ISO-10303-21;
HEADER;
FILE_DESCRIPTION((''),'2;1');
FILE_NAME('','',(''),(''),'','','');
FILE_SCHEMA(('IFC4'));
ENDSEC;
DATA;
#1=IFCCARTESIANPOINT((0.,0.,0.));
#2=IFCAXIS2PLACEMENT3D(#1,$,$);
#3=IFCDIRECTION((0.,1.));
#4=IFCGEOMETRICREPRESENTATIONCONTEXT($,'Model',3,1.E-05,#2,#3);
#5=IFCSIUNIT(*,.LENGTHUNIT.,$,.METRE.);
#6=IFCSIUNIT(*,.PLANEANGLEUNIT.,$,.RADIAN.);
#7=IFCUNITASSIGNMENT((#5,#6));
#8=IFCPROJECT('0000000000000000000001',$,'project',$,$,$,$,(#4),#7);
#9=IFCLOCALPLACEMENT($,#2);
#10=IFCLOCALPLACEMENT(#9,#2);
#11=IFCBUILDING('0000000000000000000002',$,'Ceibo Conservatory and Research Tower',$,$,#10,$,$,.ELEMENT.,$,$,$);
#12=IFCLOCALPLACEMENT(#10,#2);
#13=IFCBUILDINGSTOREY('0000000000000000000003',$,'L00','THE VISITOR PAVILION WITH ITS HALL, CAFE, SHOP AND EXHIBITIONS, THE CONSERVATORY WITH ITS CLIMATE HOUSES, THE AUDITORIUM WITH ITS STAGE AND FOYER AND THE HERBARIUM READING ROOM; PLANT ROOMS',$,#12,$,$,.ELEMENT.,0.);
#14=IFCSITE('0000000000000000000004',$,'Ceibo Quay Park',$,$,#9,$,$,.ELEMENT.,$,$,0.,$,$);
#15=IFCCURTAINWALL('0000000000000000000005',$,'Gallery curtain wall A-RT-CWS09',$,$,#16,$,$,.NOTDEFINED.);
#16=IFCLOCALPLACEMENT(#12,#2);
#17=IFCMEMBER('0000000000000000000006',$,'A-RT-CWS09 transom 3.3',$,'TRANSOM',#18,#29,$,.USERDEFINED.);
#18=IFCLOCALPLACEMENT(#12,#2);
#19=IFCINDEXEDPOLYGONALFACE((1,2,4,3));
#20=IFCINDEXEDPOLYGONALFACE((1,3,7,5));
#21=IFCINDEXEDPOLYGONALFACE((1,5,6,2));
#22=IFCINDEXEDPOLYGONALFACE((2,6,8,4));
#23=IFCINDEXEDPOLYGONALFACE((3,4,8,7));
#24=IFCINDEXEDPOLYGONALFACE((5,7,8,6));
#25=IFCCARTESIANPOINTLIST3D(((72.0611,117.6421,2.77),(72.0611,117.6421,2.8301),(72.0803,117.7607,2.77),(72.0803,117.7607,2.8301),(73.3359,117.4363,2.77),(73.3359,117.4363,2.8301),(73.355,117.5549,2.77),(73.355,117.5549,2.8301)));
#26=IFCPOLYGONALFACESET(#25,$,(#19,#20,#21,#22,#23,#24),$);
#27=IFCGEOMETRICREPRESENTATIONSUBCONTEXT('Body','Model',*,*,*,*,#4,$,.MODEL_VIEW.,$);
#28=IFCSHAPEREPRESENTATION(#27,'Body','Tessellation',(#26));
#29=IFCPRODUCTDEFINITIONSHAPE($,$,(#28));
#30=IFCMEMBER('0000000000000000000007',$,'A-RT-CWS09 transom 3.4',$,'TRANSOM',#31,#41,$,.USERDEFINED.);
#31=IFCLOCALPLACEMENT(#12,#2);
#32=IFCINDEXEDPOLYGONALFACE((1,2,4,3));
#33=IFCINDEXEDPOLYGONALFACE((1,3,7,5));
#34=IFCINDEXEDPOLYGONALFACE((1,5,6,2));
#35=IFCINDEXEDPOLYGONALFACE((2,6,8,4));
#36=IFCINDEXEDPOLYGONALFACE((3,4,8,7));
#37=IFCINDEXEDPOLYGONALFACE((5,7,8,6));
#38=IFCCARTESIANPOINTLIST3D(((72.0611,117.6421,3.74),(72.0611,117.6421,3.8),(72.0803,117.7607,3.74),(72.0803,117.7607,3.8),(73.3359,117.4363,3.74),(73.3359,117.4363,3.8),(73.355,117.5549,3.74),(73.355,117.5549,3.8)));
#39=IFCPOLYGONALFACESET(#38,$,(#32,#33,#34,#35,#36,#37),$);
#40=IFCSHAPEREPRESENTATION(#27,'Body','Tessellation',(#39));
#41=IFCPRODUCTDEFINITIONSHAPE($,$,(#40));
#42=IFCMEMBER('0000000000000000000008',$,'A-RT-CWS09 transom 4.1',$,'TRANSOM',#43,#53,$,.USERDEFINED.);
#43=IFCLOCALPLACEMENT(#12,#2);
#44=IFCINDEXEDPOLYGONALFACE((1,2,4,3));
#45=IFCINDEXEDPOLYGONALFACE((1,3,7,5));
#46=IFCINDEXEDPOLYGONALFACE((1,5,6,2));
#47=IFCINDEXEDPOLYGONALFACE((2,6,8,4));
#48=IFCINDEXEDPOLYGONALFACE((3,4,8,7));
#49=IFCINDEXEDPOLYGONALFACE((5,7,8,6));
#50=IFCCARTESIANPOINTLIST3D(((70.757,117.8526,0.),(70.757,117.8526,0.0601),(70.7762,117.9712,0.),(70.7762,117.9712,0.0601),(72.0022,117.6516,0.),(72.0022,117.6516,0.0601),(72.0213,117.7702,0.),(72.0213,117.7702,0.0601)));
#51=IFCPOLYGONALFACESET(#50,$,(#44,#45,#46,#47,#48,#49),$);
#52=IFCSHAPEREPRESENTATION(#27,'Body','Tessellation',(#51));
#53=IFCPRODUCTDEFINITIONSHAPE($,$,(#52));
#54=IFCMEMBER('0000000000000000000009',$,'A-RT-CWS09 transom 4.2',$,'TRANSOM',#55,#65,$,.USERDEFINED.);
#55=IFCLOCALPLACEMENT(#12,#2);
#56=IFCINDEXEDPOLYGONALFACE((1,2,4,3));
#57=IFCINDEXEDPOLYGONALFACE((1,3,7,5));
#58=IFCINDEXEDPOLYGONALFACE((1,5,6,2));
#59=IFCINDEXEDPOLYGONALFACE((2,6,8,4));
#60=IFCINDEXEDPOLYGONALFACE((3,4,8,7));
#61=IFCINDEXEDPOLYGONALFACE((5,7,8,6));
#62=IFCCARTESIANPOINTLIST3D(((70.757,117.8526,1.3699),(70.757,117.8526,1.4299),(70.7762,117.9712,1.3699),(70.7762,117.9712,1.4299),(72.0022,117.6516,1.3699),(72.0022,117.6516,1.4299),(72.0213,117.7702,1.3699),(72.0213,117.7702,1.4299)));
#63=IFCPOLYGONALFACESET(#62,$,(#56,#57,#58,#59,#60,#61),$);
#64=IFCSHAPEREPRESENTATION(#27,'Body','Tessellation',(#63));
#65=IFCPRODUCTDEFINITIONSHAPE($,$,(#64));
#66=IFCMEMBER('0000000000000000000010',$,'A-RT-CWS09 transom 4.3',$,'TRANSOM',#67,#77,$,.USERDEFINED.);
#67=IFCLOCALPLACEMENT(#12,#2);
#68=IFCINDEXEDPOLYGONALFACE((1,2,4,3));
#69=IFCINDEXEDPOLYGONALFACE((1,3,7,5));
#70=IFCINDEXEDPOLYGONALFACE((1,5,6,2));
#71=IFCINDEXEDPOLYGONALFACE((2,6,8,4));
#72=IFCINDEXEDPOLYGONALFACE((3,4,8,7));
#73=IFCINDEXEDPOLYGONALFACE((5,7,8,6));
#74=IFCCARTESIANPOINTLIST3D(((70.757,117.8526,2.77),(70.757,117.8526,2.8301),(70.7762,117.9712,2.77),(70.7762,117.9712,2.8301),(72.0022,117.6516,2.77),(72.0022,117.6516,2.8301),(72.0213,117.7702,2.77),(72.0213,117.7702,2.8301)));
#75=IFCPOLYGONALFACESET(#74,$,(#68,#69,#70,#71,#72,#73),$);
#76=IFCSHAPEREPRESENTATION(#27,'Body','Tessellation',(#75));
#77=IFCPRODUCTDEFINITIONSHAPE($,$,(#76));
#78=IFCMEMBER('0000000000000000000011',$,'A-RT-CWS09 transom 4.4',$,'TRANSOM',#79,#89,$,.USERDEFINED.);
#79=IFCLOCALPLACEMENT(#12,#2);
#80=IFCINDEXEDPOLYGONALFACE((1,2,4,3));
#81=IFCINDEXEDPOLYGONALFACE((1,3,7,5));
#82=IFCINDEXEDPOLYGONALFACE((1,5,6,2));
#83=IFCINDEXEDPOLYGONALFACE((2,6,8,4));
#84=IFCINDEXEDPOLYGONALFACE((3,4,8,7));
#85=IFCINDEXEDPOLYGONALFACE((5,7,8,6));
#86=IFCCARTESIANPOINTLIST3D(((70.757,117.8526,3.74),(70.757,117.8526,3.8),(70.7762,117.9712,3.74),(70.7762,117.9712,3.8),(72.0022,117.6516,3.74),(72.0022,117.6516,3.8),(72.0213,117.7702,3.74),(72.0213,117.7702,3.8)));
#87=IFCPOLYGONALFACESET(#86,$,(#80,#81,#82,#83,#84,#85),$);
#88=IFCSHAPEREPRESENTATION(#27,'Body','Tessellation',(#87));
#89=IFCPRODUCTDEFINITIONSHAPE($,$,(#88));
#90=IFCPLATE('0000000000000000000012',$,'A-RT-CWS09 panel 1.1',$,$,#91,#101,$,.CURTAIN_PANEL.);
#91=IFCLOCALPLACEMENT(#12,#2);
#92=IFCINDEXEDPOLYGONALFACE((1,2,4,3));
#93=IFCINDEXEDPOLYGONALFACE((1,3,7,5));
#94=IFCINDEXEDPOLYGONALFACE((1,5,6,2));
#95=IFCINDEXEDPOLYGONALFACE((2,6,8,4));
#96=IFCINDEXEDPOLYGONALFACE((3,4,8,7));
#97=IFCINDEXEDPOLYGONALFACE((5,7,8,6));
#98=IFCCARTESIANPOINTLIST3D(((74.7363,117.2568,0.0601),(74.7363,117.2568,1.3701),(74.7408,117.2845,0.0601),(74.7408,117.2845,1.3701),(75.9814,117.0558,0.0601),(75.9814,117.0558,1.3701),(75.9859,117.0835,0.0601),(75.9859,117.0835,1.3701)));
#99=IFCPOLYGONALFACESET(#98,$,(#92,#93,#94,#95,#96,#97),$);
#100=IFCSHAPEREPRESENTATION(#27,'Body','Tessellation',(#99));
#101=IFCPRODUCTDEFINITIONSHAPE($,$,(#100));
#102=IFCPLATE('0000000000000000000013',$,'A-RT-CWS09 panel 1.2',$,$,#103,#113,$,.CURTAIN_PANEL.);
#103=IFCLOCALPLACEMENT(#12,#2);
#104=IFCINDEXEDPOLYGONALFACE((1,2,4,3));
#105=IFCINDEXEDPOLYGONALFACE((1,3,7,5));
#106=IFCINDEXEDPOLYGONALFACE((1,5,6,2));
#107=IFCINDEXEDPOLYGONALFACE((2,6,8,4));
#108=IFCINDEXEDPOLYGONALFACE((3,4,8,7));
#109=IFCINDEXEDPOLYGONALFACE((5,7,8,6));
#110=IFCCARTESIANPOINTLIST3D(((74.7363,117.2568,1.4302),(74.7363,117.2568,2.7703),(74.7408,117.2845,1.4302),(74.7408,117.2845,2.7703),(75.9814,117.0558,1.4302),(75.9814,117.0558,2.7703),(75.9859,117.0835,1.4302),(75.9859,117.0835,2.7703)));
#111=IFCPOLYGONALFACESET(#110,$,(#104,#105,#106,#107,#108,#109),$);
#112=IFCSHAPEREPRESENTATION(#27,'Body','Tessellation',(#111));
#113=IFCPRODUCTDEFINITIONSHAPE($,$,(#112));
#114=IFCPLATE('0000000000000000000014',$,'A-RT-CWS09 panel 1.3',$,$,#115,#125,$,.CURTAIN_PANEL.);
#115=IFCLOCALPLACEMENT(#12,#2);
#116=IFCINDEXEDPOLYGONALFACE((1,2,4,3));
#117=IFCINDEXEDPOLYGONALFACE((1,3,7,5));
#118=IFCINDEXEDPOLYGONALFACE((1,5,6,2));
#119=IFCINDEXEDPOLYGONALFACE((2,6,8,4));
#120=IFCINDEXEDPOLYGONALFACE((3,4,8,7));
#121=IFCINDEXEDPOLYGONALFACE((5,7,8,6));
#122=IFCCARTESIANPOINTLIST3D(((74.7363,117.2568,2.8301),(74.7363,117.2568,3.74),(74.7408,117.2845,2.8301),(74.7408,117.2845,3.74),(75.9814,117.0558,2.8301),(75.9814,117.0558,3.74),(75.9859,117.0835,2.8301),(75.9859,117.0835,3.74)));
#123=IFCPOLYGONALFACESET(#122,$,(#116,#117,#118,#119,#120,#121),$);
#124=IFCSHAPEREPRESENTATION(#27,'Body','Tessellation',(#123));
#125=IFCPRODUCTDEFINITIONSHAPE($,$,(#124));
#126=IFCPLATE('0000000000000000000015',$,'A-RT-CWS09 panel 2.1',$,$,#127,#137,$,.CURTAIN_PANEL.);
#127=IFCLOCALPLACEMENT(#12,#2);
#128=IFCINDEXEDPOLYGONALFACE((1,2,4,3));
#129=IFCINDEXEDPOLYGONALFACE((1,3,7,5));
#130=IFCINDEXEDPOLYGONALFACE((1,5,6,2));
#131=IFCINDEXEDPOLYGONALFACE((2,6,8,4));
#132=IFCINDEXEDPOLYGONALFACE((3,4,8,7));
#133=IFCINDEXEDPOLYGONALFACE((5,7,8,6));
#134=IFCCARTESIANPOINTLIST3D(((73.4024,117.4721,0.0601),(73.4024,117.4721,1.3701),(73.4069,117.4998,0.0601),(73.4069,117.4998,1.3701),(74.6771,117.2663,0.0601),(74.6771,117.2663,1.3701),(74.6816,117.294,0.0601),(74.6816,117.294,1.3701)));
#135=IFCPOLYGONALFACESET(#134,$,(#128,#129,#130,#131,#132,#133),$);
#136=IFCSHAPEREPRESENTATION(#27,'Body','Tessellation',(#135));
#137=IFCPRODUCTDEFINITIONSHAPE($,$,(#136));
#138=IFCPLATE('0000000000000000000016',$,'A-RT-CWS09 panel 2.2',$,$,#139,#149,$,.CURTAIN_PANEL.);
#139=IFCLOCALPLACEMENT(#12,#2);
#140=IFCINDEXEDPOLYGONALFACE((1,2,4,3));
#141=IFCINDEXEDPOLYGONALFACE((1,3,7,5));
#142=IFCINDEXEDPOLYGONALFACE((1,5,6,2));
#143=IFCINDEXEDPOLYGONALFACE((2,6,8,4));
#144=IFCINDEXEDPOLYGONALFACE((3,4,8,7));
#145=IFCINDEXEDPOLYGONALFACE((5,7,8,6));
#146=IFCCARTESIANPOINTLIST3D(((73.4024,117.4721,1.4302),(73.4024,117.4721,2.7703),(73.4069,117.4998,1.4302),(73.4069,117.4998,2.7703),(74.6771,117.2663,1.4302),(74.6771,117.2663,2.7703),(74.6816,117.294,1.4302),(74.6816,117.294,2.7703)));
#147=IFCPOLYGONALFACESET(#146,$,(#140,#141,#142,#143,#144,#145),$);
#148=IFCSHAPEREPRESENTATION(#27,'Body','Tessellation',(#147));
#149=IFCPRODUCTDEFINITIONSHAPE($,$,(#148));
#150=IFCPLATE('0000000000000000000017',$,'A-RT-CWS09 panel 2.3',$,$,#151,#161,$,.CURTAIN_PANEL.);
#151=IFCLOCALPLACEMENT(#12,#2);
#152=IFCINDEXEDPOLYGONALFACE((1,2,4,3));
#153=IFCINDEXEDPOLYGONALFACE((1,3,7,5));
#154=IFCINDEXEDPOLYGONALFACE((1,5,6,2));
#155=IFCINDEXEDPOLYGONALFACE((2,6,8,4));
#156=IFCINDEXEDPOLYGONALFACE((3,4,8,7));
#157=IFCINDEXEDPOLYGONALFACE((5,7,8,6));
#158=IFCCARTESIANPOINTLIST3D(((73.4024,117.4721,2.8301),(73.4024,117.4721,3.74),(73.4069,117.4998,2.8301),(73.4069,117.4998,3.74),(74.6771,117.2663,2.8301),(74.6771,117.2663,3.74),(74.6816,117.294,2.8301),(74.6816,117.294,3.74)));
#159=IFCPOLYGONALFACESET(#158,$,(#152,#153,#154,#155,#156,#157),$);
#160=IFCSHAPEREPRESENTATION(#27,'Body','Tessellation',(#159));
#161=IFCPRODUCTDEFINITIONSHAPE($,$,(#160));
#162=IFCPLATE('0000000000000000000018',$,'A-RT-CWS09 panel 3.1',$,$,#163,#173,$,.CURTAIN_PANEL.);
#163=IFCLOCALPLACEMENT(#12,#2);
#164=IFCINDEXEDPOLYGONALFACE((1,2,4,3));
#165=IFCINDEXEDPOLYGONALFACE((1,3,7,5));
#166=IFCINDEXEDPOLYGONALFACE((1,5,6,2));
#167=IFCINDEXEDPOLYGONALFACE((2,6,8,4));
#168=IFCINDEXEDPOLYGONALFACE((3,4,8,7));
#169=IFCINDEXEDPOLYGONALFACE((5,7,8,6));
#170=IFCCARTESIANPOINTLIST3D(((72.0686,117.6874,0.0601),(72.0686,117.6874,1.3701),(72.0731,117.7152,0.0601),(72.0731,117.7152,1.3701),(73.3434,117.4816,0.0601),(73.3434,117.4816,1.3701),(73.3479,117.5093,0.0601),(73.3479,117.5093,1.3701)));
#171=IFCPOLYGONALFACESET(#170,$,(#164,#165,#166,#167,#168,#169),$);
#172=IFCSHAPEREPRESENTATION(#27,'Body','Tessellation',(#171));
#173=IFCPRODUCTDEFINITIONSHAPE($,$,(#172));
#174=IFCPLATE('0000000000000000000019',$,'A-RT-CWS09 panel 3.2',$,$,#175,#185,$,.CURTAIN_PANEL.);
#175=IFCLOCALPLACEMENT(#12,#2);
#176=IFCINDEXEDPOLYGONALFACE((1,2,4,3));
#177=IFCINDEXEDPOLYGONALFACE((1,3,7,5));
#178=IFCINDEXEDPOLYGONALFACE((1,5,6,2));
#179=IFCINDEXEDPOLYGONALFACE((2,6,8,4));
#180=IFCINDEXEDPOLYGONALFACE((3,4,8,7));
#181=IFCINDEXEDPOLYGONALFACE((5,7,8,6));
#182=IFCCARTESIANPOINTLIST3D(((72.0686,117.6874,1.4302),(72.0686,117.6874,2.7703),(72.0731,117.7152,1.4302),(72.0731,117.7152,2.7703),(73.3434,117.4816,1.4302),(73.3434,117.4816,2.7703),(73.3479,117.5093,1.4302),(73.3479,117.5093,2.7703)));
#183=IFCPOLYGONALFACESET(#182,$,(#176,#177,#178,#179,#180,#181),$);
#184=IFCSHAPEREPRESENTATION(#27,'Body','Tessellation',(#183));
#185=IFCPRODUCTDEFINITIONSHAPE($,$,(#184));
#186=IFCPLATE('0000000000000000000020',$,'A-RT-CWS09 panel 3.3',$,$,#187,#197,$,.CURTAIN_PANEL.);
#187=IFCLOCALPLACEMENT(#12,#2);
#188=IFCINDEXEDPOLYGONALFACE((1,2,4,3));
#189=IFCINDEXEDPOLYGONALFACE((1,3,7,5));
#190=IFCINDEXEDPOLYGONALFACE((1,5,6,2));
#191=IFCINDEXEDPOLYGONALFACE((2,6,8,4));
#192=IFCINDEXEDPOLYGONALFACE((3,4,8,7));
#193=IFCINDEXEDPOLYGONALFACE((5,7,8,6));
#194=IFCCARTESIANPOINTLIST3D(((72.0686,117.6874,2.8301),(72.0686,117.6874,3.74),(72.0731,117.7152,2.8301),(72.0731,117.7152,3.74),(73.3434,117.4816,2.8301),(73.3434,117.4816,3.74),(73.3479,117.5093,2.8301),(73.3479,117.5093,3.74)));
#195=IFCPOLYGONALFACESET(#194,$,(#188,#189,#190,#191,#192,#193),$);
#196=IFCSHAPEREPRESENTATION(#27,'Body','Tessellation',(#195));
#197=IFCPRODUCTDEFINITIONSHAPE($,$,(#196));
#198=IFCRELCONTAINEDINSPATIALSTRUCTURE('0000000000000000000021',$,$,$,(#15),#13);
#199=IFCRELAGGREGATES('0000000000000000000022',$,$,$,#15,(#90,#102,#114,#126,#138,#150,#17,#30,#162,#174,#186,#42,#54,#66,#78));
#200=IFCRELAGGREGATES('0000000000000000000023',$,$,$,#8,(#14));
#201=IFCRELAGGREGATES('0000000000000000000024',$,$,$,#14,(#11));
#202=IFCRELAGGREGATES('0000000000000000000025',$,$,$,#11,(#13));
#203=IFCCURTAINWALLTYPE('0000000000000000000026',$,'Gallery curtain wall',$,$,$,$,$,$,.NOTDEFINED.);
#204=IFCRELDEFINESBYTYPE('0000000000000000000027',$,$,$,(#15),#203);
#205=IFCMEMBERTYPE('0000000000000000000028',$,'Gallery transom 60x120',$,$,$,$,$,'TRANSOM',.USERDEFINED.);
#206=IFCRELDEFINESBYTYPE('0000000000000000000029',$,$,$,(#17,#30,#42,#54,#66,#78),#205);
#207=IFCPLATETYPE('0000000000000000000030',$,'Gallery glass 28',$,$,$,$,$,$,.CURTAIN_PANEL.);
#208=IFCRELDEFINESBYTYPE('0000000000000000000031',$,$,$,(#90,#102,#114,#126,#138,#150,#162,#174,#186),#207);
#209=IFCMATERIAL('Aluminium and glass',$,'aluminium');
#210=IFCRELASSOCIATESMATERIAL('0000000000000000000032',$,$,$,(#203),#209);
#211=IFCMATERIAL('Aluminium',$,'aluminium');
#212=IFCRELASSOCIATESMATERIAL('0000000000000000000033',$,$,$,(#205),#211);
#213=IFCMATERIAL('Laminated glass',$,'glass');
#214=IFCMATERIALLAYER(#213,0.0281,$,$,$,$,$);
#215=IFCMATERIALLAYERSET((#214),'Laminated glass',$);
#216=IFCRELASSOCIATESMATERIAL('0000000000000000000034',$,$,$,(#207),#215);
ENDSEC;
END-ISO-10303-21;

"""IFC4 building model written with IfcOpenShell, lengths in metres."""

from ifc_helpers import new_model, si_unit, direction, frame, origin, origin_2d, place, context, subcontext, project, spatial, rectangle, extrude, material, layer, layer_set, material_profile, profile_set, type_object, element, aggregate, save


model = new_model("IFC4")

# Units and contexts
model_context = context("Model", 3, precision=1e-05, world=origin(), true_north=direction((0.0, 1.0)))
body_context = subcontext(model_context, "Body", "Model", "MODEL_VIEW")
ifc_project = project(units=[si_unit("LENGTHUNIT", "METRE"), si_unit("PLANEANGLEUNIT", "RADIAN")], contexts=[model_context])

# Site, building, storey
site_placement = place(None, origin())
site = spatial("IfcSite", under=ifc_project, at=site_placement, Name="Ceibo Quay Park", CompositionType="ELEMENT", RefElevation=0.0)
building_placement = place(site_placement, origin())
building = spatial("IfcBuilding", under=site, at=building_placement, Name="Ceibo Conservatory and Research Tower", CompositionType="ELEMENT")
storey_placement = place(building_placement, origin())
storey = spatial("IfcBuildingStorey", under=building, at=storey_placement, Name="L00", Description="THE VISITOR PAVILION WITH ITS HALL, CAFE, SHOP AND EXHIBITIONS, THE CONSERVATORY WITH ITS CLIMATE HOUSES, THE AUDITORIUM WITH ITS STAGE AND FOYER AND THE HERBARIUM READING ROOM; PLANT ROOMS", CompositionType="ELEMENT", Elevation=0.0)

# Curtain wall, members, plates
ifc_material_1 = material(Name="Aluminium and glass", Category="aluminium")
curtain_wall_type = type_object("IfcCurtainWallType", Name="Gallery curtain wall", PredefinedType="NOTDEFINED", material=ifc_material_1)
curtain_wall_placement = place(storey_placement, origin())
curtain_wall = element("IfcCurtainWall", 1, at=curtain_wall_placement, inside=storey, type_object=curtain_wall_type, Name="Gallery curtain wall A-RT-CWS09", PredefinedType="NOTDEFINED")
ifc_material_2 = material(Name="Aluminium", Category="aluminium")
ifc_material_profile_1 = material_profile(ifc_material_2, rectangle(XDim=0.1201, YDim=0.0601, at=origin_2d()), Name="AL 60x120")
ifc_profile_set_1 = profile_set([ifc_material_profile_1], Name="Aluminium")
member_type_1 = type_object("IfcMemberType", Name="Gallery transom 60x120", ElementType="TRANSOM", PredefinedType="USERDEFINED", material=ifc_profile_set_1)
member_1_placement = place(storey_placement, frame((73.3455, 117.4956, 2.8), z_axis=(-0.987214, 0.159399, 0.0), x_axis=(-0.159399, -0.987214, 0.0)))
member_1 = element("IfcMember", 2, at=member_1_placement, type_object=member_type_1, Name="A-RT-CWS09 transom 3.3", ObjectType="TRANSOM", PredefinedType="USERDEFINED", context=body_context, shape_type="SweptSolid", body=[
    extrude(rectangle(XDim=0.1201, YDim=0.0601, at=origin_2d()), origin(), (0.0, 0.0, 1.0), 1.2913),
])
member_2_placement = place(storey_placement, frame((73.3455, 117.4956, 3.77), z_axis=(-0.987214, 0.159399, 0.0), x_axis=(-0.159399, -0.987214, 0.0)))
member_2 = element("IfcMember", 3, at=member_2_placement, type_object=member_type_1, Name="A-RT-CWS09 transom 3.4", ObjectType="TRANSOM", PredefinedType="USERDEFINED", context=body_context, shape_type="SweptSolid", body=[
    extrude(rectangle(XDim=0.1201, YDim=0.0601, at=origin_2d()), origin(), (0.0, 0.0, 1.0), 1.2913),
])
member_3_placement = place(storey_placement, frame((72.0117, 117.7109, 0.03), z_axis=(-0.987228, 0.159312, 0.0), x_axis=(-0.159312, -0.987228, 0.0)))
member_3 = element("IfcMember", 4, at=member_3_placement, type_object=member_type_1, Name="A-RT-CWS09 transom 4.1", ObjectType="TRANSOM", PredefinedType="USERDEFINED", context=body_context, shape_type="SweptSolid", body=[
    extrude(rectangle(XDim=0.1201, YDim=0.0601, at=origin_2d()), origin(), (0.0, 0.0, 1.0), 1.2612),
])
member_4_placement = place(storey_placement, frame((72.0117, 117.7109, 1.3999), z_axis=(-0.987228, 0.159312, 0.0), x_axis=(-0.159312, -0.987228, 0.0)))
member_4 = element("IfcMember", 5, at=member_4_placement, type_object=member_type_1, Name="A-RT-CWS09 transom 4.2", ObjectType="TRANSOM", PredefinedType="USERDEFINED", context=body_context, shape_type="SweptSolid", body=[
    extrude(rectangle(XDim=0.1201, YDim=0.0601, at=origin_2d()), origin(), (0.0, 0.0, 1.0), 1.2612),
])
member_5_placement = place(storey_placement, frame((72.0117, 117.7109, 2.8), z_axis=(-0.987228, 0.159312, 0.0), x_axis=(-0.159312, -0.987228, 0.0)))
member_5 = element("IfcMember", 6, at=member_5_placement, type_object=member_type_1, Name="A-RT-CWS09 transom 4.3", ObjectType="TRANSOM", PredefinedType="USERDEFINED", context=body_context, shape_type="SweptSolid", body=[
    extrude(rectangle(XDim=0.1201, YDim=0.0601, at=origin_2d()), origin(), (0.0, 0.0, 1.0), 1.2612),
])
member_6_placement = place(storey_placement, frame((72.0117, 117.7109, 3.77), z_axis=(-0.987228, 0.159312, 0.0), x_axis=(-0.159312, -0.987228, 0.0)))
member_6 = element("IfcMember", 7, at=member_6_placement, type_object=member_type_1, Name="A-RT-CWS09 transom 4.4", ObjectType="TRANSOM", PredefinedType="USERDEFINED", context=body_context, shape_type="SweptSolid", body=[
    extrude(rectangle(XDim=0.1201, YDim=0.0601, at=origin_2d()), origin(), (0.0, 0.0, 1.0), 1.2612),
])
ifc_material_3 = material(Name="Laminated glass", Category="glass")
ifc_layer = layer(ifc_material_3, 0.0281)
ifc_layer_set = layer_set([ifc_layer], Name="Laminated glass")
plate_type = type_object("IfcPlateType", Name="Gallery glass 28", PredefinedType="CURTAIN_PANEL", material=ifc_layer_set)
plate_1_placement = place(storey_placement, frame((75.3611, 117.1702, 0.0601), z_axis=(0.0, 0.0, 1.0), x_axis=(-0.987216, 0.159391, 0.0)))
plate_1 = element("IfcPlate", 8, at=plate_1_placement, type_object=plate_type, Name="A-RT-CWS09 panel 1.1", PredefinedType="CURTAIN_PANEL", context=body_context, shape_type="SweptSolid", body=[
    extrude(rectangle(XDim=1.2612, YDim=0.0281, at=origin_2d()), origin(), (0.0, 0.0, 1.0), 1.3101),
])
plate_2_placement = place(storey_placement, frame((75.3611, 117.1702, 1.4302), z_axis=(0.0, 0.0, 1.0), x_axis=(-0.987216, 0.159391, 0.0)))
plate_2 = element("IfcPlate", 9, at=plate_2_placement, type_object=plate_type, Name="A-RT-CWS09 panel 1.2", PredefinedType="CURTAIN_PANEL", context=body_context, shape_type="SweptSolid", body=[
    extrude(rectangle(XDim=1.2612, YDim=0.0281, at=origin_2d()), origin(), (0.0, 0.0, 1.0), 1.3401),
])
plate_3_placement = place(storey_placement, frame((75.3611, 117.1702, 2.8301), z_axis=(0.0, 0.0, 1.0), x_axis=(-0.987216, 0.159391, 0.0)))
plate_3 = element("IfcPlate", 10, at=plate_3_placement, type_object=plate_type, Name="A-RT-CWS09 panel 1.3", PredefinedType="CURTAIN_PANEL", context=body_context, shape_type="SweptSolid", body=[
    extrude(rectangle(XDim=1.2612, YDim=0.0281, at=origin_2d()), origin(), (0.0, 0.0, 1.0), 0.9099),
])
plate_4_placement = place(storey_placement, frame((74.042, 117.3831, 0.0601), z_axis=(0.0, 0.0, 1.0), x_axis=(-0.987216, 0.159391, 0.0)))
plate_4 = element("IfcPlate", 11, at=plate_4_placement, type_object=plate_type, Name="A-RT-CWS09 panel 2.1", PredefinedType="CURTAIN_PANEL", context=body_context, shape_type="SweptSolid", body=[
    extrude(rectangle(XDim=1.2913, YDim=0.0281, at=origin_2d()), origin(), (0.0, 0.0, 1.0), 1.3101),
])
plate_5_placement = place(storey_placement, frame((74.042, 117.3831, 1.4302), z_axis=(0.0, 0.0, 1.0), x_axis=(-0.987216, 0.159391, 0.0)))
plate_5 = element("IfcPlate", 12, at=plate_5_placement, type_object=plate_type, Name="A-RT-CWS09 panel 2.2", PredefinedType="CURTAIN_PANEL", context=body_context, shape_type="SweptSolid", body=[
    extrude(rectangle(XDim=1.2913, YDim=0.0281, at=origin_2d()), origin(), (0.0, 0.0, 1.0), 1.3401),
])
plate_6_placement = place(storey_placement, frame((74.042, 117.3831, 2.8301), z_axis=(0.0, 0.0, 1.0), x_axis=(-0.987216, 0.159391, 0.0)))
plate_6 = element("IfcPlate", 13, at=plate_6_placement, type_object=plate_type, Name="A-RT-CWS09 panel 2.3", PredefinedType="CURTAIN_PANEL", context=body_context, shape_type="SweptSolid", body=[
    extrude(rectangle(XDim=1.2913, YDim=0.0281, at=origin_2d()), origin(), (0.0, 0.0, 1.0), 0.9099),
])
plate_7_placement = place(storey_placement, frame((72.7083, 117.5984, 0.0601), z_axis=(0.0, 0.0, 1.0), x_axis=(-0.987216, 0.159391, 0.0)))
plate_7 = element("IfcPlate", 14, at=plate_7_placement, type_object=plate_type, Name="A-RT-CWS09 panel 3.1", PredefinedType="CURTAIN_PANEL", context=body_context, shape_type="SweptSolid", body=[
    extrude(rectangle(XDim=1.2913, YDim=0.0281, at=origin_2d()), origin(), (0.0, 0.0, 1.0), 1.3101),
])
plate_8_placement = place(storey_placement, frame((72.7083, 117.5984, 1.4302), z_axis=(0.0, 0.0, 1.0), x_axis=(-0.987216, 0.159391, 0.0)))
plate_8 = element("IfcPlate", 15, at=plate_8_placement, type_object=plate_type, Name="A-RT-CWS09 panel 3.2", PredefinedType="CURTAIN_PANEL", context=body_context, shape_type="SweptSolid", body=[
    extrude(rectangle(XDim=1.2913, YDim=0.0281, at=origin_2d()), origin(), (0.0, 0.0, 1.0), 1.3401),
])
plate_9_placement = place(storey_placement, frame((72.7083, 117.5984, 2.8301), z_axis=(0.0, 0.0, 1.0), x_axis=(-0.987216, 0.159391, 0.0)))
plate_9 = element("IfcPlate", 16, at=plate_9_placement, type_object=plate_type, Name="A-RT-CWS09 panel 3.3", PredefinedType="CURTAIN_PANEL", context=body_context, shape_type="SweptSolid", body=[
    extrude(rectangle(XDim=1.2913, YDim=0.0281, at=origin_2d()), origin(), (0.0, 0.0, 1.0), 0.9099),
])
aggregate(curtain_wall, [plate_1, plate_2, plate_3, plate_4, plate_5, plate_6, member_1, member_2, plate_7, plate_8, plate_9, member_3, member_4, member_5, member_6])

save(model, "model.ifc")
